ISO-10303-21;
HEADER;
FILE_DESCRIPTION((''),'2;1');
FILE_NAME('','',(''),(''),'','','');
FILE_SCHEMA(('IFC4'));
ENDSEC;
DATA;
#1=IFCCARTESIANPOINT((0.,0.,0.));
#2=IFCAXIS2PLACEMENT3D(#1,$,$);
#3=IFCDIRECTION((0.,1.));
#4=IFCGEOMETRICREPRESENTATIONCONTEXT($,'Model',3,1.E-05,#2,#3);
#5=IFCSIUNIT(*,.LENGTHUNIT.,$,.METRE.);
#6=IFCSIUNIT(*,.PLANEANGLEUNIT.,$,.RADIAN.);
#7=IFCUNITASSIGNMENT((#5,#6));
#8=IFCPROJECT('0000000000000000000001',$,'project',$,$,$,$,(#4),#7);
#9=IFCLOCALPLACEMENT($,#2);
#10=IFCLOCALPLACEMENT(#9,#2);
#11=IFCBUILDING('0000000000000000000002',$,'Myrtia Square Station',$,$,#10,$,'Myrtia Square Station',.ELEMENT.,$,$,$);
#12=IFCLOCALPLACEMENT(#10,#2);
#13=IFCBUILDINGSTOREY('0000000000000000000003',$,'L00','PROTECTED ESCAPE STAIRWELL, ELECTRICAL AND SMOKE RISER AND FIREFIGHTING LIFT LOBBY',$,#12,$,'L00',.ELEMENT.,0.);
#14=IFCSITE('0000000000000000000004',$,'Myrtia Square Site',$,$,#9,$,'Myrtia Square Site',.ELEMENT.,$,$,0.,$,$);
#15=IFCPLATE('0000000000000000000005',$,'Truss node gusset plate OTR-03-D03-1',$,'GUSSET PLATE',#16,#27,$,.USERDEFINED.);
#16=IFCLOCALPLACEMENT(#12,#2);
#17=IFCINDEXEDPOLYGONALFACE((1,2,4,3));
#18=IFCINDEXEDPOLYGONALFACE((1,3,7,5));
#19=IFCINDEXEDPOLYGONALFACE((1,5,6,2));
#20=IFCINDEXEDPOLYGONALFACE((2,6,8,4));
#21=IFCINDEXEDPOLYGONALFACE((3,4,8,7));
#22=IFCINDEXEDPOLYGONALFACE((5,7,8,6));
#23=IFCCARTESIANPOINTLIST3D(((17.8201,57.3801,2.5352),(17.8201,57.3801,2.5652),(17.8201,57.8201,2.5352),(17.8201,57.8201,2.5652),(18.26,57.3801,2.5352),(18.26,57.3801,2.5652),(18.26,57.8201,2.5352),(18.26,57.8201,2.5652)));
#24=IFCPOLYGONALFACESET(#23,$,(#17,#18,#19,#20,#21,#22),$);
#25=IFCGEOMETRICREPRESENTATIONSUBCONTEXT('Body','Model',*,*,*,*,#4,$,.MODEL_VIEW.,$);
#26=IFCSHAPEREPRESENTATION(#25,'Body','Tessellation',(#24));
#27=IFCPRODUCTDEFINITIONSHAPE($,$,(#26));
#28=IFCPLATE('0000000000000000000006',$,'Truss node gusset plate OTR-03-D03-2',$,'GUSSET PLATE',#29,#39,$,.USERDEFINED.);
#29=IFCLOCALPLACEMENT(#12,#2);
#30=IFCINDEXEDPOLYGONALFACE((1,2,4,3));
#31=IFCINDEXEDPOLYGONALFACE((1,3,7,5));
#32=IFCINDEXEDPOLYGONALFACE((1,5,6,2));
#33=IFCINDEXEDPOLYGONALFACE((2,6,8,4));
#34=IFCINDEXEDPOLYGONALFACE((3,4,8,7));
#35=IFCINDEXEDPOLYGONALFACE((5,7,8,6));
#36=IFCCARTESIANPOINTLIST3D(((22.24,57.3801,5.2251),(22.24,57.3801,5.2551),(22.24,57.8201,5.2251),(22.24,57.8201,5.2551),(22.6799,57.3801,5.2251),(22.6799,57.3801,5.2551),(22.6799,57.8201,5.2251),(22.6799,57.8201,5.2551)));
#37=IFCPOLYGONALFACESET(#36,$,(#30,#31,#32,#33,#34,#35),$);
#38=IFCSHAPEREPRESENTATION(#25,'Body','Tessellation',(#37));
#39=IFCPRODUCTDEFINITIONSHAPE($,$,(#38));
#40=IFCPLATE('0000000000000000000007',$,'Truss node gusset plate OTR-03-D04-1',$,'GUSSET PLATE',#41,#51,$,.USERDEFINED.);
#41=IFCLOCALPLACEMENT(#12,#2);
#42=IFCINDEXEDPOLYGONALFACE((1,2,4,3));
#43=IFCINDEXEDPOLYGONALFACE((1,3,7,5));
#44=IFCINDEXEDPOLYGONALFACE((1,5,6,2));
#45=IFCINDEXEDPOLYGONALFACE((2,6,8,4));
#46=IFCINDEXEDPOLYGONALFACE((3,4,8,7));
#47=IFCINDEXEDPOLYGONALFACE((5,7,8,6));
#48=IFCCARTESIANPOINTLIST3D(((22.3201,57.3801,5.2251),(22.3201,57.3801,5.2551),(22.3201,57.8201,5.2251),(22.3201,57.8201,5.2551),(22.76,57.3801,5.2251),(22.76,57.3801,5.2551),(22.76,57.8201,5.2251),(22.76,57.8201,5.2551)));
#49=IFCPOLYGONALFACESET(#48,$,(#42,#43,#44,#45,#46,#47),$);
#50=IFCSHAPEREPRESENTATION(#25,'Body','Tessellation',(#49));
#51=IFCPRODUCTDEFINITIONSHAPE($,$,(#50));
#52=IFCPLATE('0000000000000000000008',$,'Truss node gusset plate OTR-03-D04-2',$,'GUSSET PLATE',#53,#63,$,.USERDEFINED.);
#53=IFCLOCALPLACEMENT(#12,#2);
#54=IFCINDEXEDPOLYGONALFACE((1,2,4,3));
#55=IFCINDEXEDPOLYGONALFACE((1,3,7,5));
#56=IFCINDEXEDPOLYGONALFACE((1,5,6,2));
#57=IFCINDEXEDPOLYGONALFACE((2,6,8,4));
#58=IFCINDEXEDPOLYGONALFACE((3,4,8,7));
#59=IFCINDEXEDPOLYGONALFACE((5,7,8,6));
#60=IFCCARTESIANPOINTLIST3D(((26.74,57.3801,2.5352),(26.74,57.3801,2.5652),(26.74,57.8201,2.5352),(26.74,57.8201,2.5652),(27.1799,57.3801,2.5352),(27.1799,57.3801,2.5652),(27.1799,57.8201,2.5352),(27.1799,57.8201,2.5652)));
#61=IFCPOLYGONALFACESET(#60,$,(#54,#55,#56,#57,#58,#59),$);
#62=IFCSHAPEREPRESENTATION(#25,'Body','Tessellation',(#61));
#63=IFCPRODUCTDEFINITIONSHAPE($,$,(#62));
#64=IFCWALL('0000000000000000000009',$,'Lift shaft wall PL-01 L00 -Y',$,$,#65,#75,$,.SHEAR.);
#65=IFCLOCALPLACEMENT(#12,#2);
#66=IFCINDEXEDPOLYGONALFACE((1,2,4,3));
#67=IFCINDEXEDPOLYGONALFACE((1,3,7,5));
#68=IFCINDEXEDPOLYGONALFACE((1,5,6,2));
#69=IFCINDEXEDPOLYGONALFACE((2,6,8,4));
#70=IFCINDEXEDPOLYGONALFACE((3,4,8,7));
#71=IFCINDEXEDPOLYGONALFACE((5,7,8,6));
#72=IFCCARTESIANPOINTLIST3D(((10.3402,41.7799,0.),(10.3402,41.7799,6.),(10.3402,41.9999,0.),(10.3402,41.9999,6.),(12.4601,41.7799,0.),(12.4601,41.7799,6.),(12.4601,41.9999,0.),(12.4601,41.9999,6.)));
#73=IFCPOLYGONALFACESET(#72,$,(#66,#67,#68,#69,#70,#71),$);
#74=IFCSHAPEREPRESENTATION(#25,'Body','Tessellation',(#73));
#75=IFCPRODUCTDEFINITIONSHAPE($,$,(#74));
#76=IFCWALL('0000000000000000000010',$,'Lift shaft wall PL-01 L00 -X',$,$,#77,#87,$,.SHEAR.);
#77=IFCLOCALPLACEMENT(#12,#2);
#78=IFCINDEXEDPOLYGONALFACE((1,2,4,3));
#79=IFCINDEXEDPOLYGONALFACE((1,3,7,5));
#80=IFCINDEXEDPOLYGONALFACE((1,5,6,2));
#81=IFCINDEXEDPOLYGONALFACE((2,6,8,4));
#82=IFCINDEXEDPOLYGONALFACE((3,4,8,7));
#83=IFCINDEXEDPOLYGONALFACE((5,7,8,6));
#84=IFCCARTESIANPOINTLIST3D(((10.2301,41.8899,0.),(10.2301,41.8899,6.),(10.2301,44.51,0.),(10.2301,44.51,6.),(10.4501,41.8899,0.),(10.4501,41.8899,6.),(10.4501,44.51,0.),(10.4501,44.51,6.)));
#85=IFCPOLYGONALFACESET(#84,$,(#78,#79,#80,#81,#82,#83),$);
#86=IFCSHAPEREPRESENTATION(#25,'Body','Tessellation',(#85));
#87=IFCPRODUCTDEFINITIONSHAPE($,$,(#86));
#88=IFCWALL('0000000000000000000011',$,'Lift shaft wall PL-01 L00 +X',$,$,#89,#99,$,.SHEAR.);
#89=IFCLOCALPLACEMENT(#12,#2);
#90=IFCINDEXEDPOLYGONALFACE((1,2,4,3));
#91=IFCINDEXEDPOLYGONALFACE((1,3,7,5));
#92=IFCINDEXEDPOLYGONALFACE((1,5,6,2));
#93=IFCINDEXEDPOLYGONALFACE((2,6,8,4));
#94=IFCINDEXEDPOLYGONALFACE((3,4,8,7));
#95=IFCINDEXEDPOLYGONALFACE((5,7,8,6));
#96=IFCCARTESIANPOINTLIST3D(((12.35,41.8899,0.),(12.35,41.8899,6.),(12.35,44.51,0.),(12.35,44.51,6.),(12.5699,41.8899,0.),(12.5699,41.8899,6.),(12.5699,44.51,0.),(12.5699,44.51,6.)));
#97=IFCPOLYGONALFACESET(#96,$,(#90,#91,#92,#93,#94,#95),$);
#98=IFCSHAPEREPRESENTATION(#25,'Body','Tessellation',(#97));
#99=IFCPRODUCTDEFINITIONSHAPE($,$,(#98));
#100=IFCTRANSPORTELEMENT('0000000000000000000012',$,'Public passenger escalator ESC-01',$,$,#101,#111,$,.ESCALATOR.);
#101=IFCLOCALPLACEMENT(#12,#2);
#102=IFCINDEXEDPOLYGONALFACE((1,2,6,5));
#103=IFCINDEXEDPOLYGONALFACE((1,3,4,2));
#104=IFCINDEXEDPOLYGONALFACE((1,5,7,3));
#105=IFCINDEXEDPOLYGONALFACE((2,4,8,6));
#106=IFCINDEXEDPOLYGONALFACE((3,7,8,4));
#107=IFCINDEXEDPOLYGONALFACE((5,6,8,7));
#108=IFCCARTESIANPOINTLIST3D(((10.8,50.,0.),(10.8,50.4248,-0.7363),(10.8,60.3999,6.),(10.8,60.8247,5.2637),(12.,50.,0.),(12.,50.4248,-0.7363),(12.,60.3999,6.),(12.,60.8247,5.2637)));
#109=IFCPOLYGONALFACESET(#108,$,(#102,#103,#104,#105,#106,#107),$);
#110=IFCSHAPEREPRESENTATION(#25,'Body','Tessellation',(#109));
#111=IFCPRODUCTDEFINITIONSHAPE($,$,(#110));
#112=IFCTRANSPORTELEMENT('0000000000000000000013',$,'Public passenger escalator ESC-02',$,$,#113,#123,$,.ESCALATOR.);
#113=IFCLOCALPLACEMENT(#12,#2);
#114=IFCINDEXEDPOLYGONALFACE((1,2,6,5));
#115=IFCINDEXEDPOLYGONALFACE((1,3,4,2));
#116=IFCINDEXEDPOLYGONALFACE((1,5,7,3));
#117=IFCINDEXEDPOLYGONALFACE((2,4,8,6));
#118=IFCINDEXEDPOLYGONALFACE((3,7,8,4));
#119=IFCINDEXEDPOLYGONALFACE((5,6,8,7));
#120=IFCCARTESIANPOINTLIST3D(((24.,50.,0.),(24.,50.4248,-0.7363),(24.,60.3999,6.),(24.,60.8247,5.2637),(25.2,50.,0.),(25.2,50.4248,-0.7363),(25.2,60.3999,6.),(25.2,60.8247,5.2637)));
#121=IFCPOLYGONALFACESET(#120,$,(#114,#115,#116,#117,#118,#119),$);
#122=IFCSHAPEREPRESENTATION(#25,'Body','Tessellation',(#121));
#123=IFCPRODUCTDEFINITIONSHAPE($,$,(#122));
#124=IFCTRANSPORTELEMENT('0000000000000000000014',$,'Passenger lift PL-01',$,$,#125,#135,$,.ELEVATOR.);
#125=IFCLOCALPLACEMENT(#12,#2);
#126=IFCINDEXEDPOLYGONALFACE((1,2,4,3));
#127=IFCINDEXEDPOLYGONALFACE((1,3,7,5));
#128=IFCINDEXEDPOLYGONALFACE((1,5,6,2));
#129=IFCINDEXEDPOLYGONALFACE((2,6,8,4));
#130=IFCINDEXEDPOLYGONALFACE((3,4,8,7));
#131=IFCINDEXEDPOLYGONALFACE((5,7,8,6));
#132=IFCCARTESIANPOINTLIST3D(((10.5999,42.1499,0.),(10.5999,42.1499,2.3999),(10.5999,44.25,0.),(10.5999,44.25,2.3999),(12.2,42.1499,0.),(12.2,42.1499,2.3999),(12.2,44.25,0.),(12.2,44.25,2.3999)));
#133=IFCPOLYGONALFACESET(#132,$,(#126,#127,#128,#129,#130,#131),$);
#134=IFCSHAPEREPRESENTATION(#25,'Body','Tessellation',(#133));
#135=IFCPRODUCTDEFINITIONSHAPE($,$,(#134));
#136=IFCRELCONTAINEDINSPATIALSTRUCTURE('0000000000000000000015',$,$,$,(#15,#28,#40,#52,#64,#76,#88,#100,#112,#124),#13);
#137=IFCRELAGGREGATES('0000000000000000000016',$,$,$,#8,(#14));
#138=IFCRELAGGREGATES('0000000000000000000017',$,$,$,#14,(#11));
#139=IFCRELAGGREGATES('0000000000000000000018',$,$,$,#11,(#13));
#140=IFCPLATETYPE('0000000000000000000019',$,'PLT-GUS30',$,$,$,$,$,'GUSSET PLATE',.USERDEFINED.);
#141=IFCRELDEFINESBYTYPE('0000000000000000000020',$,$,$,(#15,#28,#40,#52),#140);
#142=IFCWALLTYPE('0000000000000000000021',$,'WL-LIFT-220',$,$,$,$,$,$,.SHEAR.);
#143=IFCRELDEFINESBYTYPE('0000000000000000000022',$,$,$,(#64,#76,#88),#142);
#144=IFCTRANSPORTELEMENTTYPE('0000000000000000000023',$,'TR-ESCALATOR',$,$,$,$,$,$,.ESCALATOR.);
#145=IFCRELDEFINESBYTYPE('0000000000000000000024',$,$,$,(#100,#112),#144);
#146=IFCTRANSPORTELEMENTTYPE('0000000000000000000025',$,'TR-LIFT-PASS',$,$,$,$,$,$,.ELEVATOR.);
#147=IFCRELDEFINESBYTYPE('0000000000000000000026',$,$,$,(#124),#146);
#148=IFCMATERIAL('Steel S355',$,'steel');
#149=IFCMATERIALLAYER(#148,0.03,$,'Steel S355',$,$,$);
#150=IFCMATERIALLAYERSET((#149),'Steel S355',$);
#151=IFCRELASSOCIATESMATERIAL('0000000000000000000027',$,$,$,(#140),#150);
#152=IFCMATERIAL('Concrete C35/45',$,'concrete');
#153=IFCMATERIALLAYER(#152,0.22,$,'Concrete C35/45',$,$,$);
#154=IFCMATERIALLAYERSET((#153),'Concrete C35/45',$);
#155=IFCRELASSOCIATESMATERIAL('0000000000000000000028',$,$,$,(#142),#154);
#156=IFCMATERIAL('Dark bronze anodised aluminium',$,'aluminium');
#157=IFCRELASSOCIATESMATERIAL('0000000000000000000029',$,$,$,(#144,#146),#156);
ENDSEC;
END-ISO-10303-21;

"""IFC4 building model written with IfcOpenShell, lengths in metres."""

from ifc_helpers import new_model, si_unit, direction, frame, frame_2d, origin, origin_2d, place, context, subcontext, project, spatial, polyline, rectangle, outline, extrude, material, layer, layer_set, type_object, element, save


model = new_model("IFC4")

# Units and contexts
model_context = context("Model", 3, precision=1e-05, world=origin(), true_north=direction((0.0, 1.0)))
body_context = subcontext(model_context, "Body", "Model", "MODEL_VIEW")
ifc_project = project(units=[si_unit("LENGTHUNIT", "METRE"), si_unit("PLANEANGLEUNIT", "RADIAN")], contexts=[model_context])

# Site, building, storey
site_placement = place(None, origin())
site = spatial("IfcSite", under=ifc_project, at=site_placement, Name="Myrtia Square Site", LongName="Myrtia Square Site", CompositionType="ELEMENT", RefElevation=0.0)
building_placement = place(site_placement, origin())
building = spatial("IfcBuilding", under=site, at=building_placement, Name="Myrtia Square Station", LongName="Myrtia Square Station", CompositionType="ELEMENT")
storey_placement = place(building_placement, origin())
storey = spatial("IfcBuildingStorey", under=building, at=storey_placement, Name="L00", Description="PROTECTED ESCAPE STAIRWELL, ELECTRICAL AND SMOKE RISER AND FIREFIGHTING LIFT LOBBY", LongName="L00", CompositionType="ELEMENT", Elevation=0.0)

# Shared definitions
ifc_material_1 = material(Name="Steel S355", Category="steel")

# Plates
ifc_layer_1 = layer(ifc_material_1, 0.03, Name="Steel S355")
ifc_layer_set_1 = layer_set([ifc_layer_1], Name="Steel S355")
plate_type = type_object("IfcPlateType", Name="PLT-GUS30", ElementType="GUSSET PLATE", PredefinedType="USERDEFINED", material=ifc_layer_set_1)
for number, where, z_axis, x_axis, name in (
    (1, (18.04, 57.6001, 2.5352), (0.0, 0.0, 1.0), (1.0, 0.0, 0.0), "Truss node gusset plate OTR-03-D03-1"),
    (2, (22.46, 57.6001, 5.2251), (0.0, 0.0, 1.0), (1.0, 0.0, 0.0), "Truss node gusset plate OTR-03-D03-2"),
    (3, (22.54, 57.6001, 5.2251), (0.0, 0.0, 1.0), (1.0, 0.0, 0.0), "Truss node gusset plate OTR-03-D04-1"),
    (4, (26.96, 57.6001, 2.5352), (0.0, 0.0, 1.0), (1.0, 0.0, 0.0), "Truss node gusset plate OTR-03-D04-2"),
):
    element("IfcPlate", number, at=place(storey_placement, frame(where, z_axis=z_axis, x_axis=x_axis)), inside=storey, type_object=plate_type, Name=name, ObjectType="GUSSET PLATE", PredefinedType="USERDEFINED", context=body_context, shape_type="SweptSolid", body=[
        extrude(rectangle(XDim=0.4399, YDim=0.4399, at=origin_2d()), origin(), (0.0, 0.0, 1.0), 0.03),
    ])

# Wall
ifc_material_2 = material(Name="Concrete C35/45", Category="concrete")
ifc_layer_2 = layer(ifc_material_2, 0.22, Name="Concrete C35/45")
ifc_layer_set_2 = layer_set([ifc_layer_2], Name="Concrete C35/45")
wall_type = type_object("IfcWallType", Name="WL-LIFT-220", PredefinedType="SHEAR", material=ifc_layer_set_2)
wall_1_placement = place(storey_placement, frame((10.3401, 41.8899, 0.0), z_axis=(0.0, 0.0, 1.0), x_axis=(1.0, 0.0, 0.0)))
element("IfcWall", 5, at=wall_1_placement, inside=storey, type_object=wall_type, Name="Lift shaft wall PL-01 L00 -Y", PredefinedType="SHEAR", context=body_context, shape_type="SweptSolid", body=[
    extrude(rectangle(XDim=2.1199, YDim=0.22, at=frame_2d((1.0601, 0.0))), origin(), (0.0, 0.0, 1.0), 6.0),
])

# Shared definitions
ifc_material_3 = material(Name="Dark bronze anodised aluminium", Category="aluminium")

# Walls
for number, where, z_axis, x_axis, name in (
    (6, (10.3401, 41.8899, 0.0), (0.0, 0.0, 1.0), (0.0, 1.0, 0.0), "Lift shaft wall PL-01 L00 -X"),
    (7, (12.46, 41.8899, 0.0), (0.0, 0.0, 1.0), (0.0, 1.0, 0.0), "Lift shaft wall PL-01 L00 +X"),
):
    element("IfcWall", number, at=place(storey_placement, frame(where, z_axis=z_axis, x_axis=x_axis)), inside=storey, type_object=wall_type, Name=name, PredefinedType="SHEAR", context=body_context, shape_type="SweptSolid", body=[
        extrude(rectangle(XDim=2.6201, YDim=0.22, at=frame_2d((1.3101, 0.0))), origin(), (0.0, 0.0, 1.0), 6.0),
    ])

# Transport elements
transport_element_type_1 = type_object("IfcTransportElementType", Name="TR-ESCALATOR", PredefinedType="ESCALATOR", material=ifc_material_3)
for number, where, z_axis, x_axis, name in (
    (8, (10.8, 50.0, 0.0), (0.0, -0.499726, 0.866184), (0.0, 0.866184, 0.499726), "Public passenger escalator ESC-01"),
    (9, (24.0, 50.0, 0.0), (0.0, -0.499726, 0.866184), (0.0, 0.866184, 0.499726), "Public passenger escalator ESC-02"),
):
    element("IfcTransportElement", number, at=place(storey_placement, frame(where, z_axis=z_axis, x_axis=x_axis)), inside=storey, type_object=transport_element_type_1, Name=name, PredefinedType="ESCALATOR", context=body_context, shape_type="SweptSolid", body=[
        extrude(outline(polyline([(0.0, 0.0), (12.0066, 0.0), (12.0066, -1.2), (0.0, -1.2), (0.0, 0.0)])), origin(), (0.0, 0.0, -1.0), 0.8501),
    ])
transport_element_type_2 = type_object("IfcTransportElementType", Name="TR-LIFT-PASS", PredefinedType="ELEVATOR", material=ifc_material_3)
transport_element_placement = place(storey_placement, frame((11.3999, 43.2, 0.0), z_axis=(0.0, 0.0, 1.0), x_axis=(1.0, 0.0, 0.0)))
element("IfcTransportElement", 10, at=transport_element_placement, inside=storey, type_object=transport_element_type_2, Name="Passenger lift PL-01", PredefinedType="ELEVATOR", context=body_context, shape_type="SweptSolid", body=[
    extrude(rectangle(XDim=1.6001, YDim=2.1001, at=origin_2d()), origin(), (0.0, 0.0, 1.0), 2.3999),
])

save(model, "model.ifc")
